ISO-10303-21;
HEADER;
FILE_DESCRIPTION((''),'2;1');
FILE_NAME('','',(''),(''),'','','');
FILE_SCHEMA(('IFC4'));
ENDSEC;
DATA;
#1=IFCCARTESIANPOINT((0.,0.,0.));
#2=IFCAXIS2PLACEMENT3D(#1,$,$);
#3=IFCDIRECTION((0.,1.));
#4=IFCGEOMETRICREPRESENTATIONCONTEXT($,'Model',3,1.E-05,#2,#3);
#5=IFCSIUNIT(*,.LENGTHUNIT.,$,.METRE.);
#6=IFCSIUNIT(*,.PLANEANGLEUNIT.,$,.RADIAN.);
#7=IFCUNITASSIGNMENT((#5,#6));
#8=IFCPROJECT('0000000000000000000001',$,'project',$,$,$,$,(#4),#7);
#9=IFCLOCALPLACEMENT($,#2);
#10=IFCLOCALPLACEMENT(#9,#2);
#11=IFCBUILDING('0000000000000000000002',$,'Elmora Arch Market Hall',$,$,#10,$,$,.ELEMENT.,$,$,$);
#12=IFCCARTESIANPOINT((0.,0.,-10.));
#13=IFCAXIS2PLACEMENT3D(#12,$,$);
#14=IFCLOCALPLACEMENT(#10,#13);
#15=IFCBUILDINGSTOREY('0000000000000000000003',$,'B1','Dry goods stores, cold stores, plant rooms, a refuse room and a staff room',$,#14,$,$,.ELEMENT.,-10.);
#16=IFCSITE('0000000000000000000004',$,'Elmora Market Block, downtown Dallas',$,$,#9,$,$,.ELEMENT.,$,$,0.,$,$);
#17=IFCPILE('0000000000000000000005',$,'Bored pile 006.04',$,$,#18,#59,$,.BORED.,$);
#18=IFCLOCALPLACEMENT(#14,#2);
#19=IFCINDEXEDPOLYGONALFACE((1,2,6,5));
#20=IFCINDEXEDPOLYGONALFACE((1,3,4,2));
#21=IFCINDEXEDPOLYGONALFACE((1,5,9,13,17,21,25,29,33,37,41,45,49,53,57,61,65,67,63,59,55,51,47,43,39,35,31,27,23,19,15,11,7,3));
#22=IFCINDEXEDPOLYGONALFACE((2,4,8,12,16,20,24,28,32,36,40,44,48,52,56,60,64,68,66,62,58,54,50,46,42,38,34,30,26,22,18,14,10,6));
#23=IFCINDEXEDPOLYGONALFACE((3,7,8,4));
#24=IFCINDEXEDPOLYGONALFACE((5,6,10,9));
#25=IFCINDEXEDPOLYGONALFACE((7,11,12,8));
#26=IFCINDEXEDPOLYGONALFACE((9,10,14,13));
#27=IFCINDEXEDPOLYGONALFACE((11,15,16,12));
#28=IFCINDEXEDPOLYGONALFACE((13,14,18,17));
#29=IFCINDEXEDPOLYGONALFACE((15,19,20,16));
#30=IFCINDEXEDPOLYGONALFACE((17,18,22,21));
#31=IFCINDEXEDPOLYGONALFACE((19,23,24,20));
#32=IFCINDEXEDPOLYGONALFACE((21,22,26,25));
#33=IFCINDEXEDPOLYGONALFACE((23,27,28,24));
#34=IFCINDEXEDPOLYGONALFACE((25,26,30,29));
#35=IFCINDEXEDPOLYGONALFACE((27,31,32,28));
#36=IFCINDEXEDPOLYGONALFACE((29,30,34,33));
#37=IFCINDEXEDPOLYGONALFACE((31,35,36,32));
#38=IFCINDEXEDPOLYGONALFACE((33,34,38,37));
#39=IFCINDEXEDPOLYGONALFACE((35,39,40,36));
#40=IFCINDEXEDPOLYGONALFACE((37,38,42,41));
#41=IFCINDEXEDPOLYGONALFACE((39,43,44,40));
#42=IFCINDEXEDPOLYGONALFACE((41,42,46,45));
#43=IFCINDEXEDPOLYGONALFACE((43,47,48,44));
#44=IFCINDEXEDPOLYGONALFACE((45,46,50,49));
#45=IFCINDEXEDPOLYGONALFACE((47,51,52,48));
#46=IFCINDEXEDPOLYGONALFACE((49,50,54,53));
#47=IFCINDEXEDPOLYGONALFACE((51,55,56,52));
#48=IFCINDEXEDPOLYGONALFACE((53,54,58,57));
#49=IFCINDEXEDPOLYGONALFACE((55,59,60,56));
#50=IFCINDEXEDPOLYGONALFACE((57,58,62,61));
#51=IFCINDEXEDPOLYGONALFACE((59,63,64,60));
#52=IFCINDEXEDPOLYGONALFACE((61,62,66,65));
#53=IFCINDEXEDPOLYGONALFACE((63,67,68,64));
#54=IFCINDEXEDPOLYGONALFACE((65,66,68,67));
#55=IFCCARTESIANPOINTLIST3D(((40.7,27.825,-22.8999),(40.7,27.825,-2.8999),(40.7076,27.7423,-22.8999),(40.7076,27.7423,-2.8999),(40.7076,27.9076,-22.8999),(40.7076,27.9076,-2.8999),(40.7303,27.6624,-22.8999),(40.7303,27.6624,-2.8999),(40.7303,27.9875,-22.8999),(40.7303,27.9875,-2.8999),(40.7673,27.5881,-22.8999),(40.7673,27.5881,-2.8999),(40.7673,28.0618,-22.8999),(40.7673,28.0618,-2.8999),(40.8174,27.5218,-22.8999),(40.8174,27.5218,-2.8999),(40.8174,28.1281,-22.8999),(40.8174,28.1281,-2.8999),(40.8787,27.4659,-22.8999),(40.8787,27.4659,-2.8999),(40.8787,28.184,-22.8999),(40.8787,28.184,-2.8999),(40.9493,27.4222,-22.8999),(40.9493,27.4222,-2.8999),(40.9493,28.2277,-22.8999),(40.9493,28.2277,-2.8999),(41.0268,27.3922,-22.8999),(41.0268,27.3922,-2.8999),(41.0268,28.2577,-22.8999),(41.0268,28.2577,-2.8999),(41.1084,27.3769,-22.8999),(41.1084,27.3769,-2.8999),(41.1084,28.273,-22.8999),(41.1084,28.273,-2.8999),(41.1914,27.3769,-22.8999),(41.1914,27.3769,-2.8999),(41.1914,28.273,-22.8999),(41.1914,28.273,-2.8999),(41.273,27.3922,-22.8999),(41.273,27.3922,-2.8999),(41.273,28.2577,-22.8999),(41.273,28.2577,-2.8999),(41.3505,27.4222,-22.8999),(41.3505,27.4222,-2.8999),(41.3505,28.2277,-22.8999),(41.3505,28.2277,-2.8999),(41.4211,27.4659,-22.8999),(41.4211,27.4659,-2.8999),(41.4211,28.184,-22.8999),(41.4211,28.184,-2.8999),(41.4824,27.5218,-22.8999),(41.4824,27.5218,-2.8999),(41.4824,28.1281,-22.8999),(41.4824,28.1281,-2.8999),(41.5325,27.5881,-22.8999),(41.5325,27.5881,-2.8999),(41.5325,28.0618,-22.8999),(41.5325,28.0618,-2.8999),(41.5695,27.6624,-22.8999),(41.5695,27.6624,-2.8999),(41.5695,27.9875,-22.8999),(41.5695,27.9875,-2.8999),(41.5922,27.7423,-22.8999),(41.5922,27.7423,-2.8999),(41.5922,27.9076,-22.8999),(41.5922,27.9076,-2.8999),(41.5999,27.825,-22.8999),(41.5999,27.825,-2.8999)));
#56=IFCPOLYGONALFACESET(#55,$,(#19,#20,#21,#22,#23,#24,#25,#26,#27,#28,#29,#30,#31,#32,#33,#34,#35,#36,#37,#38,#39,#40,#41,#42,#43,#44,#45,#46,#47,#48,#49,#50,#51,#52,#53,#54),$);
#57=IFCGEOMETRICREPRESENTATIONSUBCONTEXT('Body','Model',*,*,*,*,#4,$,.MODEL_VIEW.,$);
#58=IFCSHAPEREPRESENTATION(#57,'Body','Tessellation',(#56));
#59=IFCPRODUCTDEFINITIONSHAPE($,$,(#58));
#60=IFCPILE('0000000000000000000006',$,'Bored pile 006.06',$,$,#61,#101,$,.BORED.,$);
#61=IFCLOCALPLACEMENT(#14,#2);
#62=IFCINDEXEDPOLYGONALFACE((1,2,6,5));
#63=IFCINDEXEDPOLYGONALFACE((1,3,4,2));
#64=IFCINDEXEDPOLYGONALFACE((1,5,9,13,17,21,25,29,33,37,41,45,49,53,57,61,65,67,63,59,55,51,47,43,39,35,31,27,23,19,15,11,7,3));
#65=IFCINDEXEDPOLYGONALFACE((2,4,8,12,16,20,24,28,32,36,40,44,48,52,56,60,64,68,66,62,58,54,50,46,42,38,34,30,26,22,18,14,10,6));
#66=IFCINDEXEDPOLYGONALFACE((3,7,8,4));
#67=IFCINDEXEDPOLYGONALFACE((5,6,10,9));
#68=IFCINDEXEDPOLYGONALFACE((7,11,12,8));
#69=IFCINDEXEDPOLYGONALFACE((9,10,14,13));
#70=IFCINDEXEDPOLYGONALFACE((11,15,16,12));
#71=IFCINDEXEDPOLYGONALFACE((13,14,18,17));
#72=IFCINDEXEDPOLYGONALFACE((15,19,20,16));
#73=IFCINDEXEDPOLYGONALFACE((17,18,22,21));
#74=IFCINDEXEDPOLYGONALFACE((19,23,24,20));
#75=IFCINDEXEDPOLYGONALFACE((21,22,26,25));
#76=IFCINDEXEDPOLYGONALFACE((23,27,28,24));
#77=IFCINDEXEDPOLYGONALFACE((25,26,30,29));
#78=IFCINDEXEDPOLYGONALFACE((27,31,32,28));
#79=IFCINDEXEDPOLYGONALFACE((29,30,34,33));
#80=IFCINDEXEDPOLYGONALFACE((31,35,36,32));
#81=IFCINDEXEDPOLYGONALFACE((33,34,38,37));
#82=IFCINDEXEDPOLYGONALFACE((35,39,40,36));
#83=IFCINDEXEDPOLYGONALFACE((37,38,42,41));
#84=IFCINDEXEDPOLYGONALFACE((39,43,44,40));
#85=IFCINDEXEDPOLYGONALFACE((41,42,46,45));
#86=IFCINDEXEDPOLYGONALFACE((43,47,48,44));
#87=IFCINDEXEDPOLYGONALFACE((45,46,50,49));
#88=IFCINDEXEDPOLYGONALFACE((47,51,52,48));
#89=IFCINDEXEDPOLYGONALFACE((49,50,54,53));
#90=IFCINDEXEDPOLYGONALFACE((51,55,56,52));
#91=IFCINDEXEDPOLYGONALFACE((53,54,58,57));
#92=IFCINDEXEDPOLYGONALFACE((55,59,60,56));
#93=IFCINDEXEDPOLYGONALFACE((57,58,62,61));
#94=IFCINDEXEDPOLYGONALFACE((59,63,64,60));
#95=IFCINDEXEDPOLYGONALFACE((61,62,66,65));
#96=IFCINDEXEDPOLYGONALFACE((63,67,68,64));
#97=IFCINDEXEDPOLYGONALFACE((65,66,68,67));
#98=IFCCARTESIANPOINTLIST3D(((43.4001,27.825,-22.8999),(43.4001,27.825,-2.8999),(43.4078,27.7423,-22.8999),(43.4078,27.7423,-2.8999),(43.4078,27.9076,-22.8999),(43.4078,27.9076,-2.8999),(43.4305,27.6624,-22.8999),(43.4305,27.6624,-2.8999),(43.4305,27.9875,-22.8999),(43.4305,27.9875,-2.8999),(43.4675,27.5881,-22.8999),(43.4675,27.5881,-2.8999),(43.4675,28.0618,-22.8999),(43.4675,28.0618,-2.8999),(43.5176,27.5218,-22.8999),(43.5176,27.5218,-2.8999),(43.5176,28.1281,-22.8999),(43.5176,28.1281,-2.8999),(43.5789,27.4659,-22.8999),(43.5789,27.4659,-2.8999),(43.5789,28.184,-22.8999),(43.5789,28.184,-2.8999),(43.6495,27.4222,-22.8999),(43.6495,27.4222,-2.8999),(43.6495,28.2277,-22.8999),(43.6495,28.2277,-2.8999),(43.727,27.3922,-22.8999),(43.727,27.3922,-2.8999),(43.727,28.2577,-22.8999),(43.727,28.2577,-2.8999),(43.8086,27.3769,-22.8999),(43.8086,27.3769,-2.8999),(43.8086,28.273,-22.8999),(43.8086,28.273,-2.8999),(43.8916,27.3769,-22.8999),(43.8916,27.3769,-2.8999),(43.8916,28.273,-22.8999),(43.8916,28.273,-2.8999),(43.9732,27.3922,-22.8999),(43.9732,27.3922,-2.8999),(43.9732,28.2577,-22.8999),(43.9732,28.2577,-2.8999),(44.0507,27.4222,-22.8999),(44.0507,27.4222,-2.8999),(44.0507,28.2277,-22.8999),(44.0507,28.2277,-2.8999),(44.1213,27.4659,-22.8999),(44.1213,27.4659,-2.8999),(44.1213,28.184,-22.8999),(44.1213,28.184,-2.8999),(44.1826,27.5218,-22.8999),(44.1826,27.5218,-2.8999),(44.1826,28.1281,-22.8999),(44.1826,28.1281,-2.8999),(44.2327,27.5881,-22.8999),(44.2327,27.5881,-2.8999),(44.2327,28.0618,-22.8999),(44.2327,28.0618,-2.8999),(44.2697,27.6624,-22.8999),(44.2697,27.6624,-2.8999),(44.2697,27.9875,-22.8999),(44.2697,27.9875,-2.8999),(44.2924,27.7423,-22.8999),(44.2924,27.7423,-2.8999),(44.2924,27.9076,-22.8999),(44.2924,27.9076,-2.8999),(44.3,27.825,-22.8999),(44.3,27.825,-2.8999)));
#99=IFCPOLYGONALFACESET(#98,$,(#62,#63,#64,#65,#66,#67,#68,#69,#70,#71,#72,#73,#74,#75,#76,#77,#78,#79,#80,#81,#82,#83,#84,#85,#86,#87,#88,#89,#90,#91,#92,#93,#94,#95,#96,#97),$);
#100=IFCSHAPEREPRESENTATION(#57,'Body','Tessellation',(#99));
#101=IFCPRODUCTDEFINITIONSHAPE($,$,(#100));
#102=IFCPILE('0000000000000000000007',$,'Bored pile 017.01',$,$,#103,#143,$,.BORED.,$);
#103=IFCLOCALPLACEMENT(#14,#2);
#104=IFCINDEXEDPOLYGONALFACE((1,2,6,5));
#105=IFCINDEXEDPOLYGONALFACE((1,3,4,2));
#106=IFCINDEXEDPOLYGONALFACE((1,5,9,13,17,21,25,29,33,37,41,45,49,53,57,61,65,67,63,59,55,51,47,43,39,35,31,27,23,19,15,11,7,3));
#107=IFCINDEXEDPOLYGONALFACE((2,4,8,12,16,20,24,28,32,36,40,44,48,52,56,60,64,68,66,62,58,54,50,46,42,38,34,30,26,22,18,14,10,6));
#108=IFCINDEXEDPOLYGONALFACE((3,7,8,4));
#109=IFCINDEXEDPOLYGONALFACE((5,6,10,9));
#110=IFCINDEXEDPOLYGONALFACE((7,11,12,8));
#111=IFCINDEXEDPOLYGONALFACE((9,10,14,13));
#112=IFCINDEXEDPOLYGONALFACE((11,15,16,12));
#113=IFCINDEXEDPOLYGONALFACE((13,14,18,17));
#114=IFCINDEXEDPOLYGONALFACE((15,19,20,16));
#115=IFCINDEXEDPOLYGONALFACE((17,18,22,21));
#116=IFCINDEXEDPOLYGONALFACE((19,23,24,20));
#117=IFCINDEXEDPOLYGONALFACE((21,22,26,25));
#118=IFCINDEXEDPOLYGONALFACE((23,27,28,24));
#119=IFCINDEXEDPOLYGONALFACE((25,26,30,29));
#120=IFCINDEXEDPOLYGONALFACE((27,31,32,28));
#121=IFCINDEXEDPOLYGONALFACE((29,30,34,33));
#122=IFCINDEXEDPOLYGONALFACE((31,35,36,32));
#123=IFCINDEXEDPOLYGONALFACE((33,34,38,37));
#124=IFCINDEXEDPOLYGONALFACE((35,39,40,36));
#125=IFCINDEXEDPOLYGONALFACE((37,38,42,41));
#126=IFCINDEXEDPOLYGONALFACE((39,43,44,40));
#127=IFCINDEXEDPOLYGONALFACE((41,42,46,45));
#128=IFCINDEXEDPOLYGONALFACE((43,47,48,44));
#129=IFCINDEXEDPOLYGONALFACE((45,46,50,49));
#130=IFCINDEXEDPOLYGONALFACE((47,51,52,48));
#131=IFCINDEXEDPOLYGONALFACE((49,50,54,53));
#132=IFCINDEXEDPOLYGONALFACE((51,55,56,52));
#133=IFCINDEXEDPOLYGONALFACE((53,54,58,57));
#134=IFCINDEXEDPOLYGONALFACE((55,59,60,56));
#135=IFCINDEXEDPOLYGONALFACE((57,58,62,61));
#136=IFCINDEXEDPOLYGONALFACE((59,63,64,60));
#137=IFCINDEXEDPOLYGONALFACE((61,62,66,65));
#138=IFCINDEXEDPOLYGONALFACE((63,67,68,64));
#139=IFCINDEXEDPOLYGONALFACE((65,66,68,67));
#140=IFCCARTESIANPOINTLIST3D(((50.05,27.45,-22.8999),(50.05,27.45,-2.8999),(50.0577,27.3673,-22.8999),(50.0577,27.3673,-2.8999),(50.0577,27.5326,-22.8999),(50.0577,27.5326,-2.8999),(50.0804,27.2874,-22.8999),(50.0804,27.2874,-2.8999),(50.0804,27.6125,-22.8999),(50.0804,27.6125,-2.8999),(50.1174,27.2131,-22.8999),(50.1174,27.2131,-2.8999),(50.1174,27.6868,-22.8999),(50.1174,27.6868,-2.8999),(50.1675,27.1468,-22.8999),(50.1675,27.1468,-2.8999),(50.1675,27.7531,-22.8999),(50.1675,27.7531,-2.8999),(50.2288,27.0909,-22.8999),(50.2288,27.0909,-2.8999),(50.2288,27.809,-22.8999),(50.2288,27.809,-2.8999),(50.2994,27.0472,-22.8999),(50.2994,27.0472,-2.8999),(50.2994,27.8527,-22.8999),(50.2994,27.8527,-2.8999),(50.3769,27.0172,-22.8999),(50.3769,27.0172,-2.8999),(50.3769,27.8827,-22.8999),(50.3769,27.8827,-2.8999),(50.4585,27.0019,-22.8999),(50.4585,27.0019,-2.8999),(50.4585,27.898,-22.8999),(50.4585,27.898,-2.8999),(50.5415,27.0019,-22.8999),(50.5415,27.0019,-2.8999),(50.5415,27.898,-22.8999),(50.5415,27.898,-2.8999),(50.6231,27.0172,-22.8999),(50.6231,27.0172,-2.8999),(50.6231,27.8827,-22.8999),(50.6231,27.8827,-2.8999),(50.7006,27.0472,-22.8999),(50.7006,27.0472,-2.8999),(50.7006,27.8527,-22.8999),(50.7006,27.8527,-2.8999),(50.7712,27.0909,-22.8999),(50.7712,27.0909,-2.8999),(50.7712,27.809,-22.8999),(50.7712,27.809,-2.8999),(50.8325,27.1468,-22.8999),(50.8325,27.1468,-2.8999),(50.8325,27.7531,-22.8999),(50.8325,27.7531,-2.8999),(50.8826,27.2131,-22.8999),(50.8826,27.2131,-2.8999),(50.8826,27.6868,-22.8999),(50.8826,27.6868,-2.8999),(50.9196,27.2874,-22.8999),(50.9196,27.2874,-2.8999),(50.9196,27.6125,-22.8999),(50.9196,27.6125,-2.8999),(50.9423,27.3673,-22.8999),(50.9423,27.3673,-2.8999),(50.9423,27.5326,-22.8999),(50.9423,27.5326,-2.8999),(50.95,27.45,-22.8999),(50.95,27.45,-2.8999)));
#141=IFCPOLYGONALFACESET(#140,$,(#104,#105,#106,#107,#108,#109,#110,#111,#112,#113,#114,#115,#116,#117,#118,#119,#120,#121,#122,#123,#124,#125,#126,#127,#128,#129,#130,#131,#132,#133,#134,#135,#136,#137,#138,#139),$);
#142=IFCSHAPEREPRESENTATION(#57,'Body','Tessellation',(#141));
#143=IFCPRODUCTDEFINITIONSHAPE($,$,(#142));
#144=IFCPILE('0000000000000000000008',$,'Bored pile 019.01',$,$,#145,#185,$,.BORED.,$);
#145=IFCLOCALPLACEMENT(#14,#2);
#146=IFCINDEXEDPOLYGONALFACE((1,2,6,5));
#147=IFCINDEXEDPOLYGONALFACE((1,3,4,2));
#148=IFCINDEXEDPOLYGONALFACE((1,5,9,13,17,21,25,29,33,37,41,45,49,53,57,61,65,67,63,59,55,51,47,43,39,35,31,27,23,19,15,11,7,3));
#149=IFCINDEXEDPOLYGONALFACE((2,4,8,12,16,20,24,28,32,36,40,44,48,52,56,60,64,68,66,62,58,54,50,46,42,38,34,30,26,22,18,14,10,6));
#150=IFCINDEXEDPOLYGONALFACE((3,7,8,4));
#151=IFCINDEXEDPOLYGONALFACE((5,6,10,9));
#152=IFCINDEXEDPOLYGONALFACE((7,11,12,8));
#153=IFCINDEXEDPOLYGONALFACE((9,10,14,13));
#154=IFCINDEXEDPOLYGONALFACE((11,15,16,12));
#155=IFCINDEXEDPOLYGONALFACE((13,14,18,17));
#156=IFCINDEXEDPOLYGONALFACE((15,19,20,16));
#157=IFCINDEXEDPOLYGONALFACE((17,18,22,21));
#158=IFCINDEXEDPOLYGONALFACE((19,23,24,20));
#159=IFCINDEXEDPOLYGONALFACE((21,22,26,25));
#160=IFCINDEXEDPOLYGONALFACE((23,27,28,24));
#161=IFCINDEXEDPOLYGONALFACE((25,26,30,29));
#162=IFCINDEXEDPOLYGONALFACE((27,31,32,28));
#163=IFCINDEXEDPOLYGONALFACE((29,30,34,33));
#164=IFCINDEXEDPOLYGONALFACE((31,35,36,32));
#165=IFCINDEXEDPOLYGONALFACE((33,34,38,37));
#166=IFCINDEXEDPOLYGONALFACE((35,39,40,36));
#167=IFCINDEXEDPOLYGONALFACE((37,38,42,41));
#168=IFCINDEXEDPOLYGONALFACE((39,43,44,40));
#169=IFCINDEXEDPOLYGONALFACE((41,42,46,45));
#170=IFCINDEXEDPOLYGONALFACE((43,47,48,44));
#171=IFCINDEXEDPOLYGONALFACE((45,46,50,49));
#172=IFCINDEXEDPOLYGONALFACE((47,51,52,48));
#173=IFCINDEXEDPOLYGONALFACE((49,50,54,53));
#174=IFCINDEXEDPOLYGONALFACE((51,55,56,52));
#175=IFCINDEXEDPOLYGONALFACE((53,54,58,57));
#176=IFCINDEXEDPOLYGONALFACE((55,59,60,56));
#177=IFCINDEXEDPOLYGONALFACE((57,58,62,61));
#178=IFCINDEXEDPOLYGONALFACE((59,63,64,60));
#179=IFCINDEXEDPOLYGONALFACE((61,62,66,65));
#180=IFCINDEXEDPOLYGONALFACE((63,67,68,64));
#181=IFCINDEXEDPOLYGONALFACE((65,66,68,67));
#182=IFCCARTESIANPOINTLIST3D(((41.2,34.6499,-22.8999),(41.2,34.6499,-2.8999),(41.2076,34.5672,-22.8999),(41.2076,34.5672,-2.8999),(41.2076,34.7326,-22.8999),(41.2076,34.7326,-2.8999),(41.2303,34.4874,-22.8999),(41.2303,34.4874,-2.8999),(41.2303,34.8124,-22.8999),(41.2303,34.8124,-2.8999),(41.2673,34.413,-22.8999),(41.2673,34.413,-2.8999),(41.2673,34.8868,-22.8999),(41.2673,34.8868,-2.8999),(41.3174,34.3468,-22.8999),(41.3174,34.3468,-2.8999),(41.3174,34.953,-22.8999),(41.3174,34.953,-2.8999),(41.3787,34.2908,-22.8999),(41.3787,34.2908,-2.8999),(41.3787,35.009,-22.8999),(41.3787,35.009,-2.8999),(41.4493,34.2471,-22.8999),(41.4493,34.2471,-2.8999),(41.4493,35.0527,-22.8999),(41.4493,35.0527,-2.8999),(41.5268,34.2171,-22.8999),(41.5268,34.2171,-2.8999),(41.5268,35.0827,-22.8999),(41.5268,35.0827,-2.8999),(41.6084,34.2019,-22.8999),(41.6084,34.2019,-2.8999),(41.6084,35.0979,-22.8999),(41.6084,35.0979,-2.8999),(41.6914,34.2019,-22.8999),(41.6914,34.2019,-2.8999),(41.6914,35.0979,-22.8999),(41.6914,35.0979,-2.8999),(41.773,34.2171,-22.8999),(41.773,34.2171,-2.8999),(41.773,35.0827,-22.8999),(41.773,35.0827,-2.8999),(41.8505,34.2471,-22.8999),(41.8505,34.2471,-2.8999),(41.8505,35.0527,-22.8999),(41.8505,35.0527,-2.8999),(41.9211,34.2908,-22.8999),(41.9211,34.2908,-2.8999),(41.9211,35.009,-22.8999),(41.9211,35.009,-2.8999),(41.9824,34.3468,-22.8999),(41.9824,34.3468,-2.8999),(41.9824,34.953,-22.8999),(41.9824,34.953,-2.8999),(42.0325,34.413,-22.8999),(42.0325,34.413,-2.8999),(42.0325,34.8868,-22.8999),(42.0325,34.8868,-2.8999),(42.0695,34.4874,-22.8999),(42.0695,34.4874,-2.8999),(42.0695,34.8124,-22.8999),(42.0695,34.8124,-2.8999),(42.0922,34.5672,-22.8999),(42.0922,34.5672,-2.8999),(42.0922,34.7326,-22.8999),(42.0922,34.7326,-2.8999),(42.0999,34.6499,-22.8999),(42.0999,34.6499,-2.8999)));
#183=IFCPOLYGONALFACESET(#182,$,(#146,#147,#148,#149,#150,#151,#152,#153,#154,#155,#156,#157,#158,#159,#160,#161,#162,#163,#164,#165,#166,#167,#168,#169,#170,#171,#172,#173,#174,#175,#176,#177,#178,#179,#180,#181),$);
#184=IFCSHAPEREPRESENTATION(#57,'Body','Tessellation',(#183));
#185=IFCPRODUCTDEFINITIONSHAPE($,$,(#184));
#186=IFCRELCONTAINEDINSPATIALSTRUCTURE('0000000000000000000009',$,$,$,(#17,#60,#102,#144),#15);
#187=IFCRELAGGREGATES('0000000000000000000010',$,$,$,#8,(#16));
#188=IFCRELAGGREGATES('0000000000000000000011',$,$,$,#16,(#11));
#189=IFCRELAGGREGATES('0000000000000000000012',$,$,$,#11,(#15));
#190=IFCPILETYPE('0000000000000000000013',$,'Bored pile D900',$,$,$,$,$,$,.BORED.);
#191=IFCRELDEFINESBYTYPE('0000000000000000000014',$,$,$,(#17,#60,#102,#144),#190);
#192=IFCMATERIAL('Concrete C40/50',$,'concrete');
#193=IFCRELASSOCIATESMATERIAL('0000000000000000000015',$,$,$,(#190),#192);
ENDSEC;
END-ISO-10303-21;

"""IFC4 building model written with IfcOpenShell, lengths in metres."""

from ifc_helpers import new_model, si_unit, direction, frame, origin, origin_2d, place, context, subcontext, project, spatial, circle, extrude, material, material_profile, profile_set, type_object, element, save


model = new_model("IFC4")

# Units and contexts
model_context = context("Model", 3, precision=1e-05, world=origin(), true_north=direction((0.0, 1.0)))
body_context = subcontext(model_context, "Body", "Model", "MODEL_VIEW")
ifc_project = project(units=[si_unit("LENGTHUNIT", "METRE"), si_unit("PLANEANGLEUNIT", "RADIAN")], contexts=[model_context])

# Site, building, storey
site_placement = place(None, origin())
site = spatial("IfcSite", under=ifc_project, at=site_placement, Name="Elmora Market Block, downtown Dallas", CompositionType="ELEMENT", RefElevation=0.0)
building_placement = place(site_placement, origin())
building = spatial("IfcBuilding", under=site, at=building_placement, Name="Elmora Arch Market Hall", CompositionType="ELEMENT")
storey_placement = place(building_placement, frame((0.0, 0.0, -10.0)))
storey = spatial("IfcBuildingStorey", under=building, at=storey_placement, Name="B1", Description="Dry goods stores, cold stores, plant rooms, a refuse room and a staff room", CompositionType="ELEMENT", Elevation=-10.0)

# Piles
ifc_material_1 = material(Name="Concrete C40/50", Category="concrete")
ifc_material_profile_1 = material_profile(ifc_material_1, circle(Radius=0.45, at=origin_2d()), Name="Bored pile D900")
ifc_profile_set_1 = profile_set([ifc_material_profile_1], Name="Concrete C40/50")
pile_type = type_object("IfcPileType", Name="Bored pile D900", PredefinedType="BORED", material=ifc_profile_set_1)
for number, where, z_axis, x_axis, name in (
    (1, (41.1499, 27.825, -2.8999), (0.0, 0.0, -1.0), (1.0, 0.0, 0.0), "Bored pile 006.04"),
    (2, (43.8501, 27.825, -2.8999), (0.0, 0.0, -1.0), (1.0, 0.0, 0.0), "Bored pile 006.06"),
    (3, (50.5, 27.45, -2.8999), (0.0, 0.0, -1.0), (1.0, 0.0, 0.0), "Bored pile 017.01"),
    (4, (41.6499, 34.6499, -2.8999), (0.0, 0.0, -1.0), (1.0, 0.0, 0.0), "Bored pile 019.01"),
):
    element("IfcPile", number, at=place(storey_placement, frame(where, z_axis=z_axis, x_axis=x_axis)), inside=storey, type_object=pile_type, Name=name, PredefinedType="BORED", context=body_context, shape_type="SweptSolid", body=[
        extrude(circle(Radius=0.45, at=origin_2d()), origin(), (0.0, 0.0, 1.0), 20.0),
    ])

save(model, "model.ifc")
